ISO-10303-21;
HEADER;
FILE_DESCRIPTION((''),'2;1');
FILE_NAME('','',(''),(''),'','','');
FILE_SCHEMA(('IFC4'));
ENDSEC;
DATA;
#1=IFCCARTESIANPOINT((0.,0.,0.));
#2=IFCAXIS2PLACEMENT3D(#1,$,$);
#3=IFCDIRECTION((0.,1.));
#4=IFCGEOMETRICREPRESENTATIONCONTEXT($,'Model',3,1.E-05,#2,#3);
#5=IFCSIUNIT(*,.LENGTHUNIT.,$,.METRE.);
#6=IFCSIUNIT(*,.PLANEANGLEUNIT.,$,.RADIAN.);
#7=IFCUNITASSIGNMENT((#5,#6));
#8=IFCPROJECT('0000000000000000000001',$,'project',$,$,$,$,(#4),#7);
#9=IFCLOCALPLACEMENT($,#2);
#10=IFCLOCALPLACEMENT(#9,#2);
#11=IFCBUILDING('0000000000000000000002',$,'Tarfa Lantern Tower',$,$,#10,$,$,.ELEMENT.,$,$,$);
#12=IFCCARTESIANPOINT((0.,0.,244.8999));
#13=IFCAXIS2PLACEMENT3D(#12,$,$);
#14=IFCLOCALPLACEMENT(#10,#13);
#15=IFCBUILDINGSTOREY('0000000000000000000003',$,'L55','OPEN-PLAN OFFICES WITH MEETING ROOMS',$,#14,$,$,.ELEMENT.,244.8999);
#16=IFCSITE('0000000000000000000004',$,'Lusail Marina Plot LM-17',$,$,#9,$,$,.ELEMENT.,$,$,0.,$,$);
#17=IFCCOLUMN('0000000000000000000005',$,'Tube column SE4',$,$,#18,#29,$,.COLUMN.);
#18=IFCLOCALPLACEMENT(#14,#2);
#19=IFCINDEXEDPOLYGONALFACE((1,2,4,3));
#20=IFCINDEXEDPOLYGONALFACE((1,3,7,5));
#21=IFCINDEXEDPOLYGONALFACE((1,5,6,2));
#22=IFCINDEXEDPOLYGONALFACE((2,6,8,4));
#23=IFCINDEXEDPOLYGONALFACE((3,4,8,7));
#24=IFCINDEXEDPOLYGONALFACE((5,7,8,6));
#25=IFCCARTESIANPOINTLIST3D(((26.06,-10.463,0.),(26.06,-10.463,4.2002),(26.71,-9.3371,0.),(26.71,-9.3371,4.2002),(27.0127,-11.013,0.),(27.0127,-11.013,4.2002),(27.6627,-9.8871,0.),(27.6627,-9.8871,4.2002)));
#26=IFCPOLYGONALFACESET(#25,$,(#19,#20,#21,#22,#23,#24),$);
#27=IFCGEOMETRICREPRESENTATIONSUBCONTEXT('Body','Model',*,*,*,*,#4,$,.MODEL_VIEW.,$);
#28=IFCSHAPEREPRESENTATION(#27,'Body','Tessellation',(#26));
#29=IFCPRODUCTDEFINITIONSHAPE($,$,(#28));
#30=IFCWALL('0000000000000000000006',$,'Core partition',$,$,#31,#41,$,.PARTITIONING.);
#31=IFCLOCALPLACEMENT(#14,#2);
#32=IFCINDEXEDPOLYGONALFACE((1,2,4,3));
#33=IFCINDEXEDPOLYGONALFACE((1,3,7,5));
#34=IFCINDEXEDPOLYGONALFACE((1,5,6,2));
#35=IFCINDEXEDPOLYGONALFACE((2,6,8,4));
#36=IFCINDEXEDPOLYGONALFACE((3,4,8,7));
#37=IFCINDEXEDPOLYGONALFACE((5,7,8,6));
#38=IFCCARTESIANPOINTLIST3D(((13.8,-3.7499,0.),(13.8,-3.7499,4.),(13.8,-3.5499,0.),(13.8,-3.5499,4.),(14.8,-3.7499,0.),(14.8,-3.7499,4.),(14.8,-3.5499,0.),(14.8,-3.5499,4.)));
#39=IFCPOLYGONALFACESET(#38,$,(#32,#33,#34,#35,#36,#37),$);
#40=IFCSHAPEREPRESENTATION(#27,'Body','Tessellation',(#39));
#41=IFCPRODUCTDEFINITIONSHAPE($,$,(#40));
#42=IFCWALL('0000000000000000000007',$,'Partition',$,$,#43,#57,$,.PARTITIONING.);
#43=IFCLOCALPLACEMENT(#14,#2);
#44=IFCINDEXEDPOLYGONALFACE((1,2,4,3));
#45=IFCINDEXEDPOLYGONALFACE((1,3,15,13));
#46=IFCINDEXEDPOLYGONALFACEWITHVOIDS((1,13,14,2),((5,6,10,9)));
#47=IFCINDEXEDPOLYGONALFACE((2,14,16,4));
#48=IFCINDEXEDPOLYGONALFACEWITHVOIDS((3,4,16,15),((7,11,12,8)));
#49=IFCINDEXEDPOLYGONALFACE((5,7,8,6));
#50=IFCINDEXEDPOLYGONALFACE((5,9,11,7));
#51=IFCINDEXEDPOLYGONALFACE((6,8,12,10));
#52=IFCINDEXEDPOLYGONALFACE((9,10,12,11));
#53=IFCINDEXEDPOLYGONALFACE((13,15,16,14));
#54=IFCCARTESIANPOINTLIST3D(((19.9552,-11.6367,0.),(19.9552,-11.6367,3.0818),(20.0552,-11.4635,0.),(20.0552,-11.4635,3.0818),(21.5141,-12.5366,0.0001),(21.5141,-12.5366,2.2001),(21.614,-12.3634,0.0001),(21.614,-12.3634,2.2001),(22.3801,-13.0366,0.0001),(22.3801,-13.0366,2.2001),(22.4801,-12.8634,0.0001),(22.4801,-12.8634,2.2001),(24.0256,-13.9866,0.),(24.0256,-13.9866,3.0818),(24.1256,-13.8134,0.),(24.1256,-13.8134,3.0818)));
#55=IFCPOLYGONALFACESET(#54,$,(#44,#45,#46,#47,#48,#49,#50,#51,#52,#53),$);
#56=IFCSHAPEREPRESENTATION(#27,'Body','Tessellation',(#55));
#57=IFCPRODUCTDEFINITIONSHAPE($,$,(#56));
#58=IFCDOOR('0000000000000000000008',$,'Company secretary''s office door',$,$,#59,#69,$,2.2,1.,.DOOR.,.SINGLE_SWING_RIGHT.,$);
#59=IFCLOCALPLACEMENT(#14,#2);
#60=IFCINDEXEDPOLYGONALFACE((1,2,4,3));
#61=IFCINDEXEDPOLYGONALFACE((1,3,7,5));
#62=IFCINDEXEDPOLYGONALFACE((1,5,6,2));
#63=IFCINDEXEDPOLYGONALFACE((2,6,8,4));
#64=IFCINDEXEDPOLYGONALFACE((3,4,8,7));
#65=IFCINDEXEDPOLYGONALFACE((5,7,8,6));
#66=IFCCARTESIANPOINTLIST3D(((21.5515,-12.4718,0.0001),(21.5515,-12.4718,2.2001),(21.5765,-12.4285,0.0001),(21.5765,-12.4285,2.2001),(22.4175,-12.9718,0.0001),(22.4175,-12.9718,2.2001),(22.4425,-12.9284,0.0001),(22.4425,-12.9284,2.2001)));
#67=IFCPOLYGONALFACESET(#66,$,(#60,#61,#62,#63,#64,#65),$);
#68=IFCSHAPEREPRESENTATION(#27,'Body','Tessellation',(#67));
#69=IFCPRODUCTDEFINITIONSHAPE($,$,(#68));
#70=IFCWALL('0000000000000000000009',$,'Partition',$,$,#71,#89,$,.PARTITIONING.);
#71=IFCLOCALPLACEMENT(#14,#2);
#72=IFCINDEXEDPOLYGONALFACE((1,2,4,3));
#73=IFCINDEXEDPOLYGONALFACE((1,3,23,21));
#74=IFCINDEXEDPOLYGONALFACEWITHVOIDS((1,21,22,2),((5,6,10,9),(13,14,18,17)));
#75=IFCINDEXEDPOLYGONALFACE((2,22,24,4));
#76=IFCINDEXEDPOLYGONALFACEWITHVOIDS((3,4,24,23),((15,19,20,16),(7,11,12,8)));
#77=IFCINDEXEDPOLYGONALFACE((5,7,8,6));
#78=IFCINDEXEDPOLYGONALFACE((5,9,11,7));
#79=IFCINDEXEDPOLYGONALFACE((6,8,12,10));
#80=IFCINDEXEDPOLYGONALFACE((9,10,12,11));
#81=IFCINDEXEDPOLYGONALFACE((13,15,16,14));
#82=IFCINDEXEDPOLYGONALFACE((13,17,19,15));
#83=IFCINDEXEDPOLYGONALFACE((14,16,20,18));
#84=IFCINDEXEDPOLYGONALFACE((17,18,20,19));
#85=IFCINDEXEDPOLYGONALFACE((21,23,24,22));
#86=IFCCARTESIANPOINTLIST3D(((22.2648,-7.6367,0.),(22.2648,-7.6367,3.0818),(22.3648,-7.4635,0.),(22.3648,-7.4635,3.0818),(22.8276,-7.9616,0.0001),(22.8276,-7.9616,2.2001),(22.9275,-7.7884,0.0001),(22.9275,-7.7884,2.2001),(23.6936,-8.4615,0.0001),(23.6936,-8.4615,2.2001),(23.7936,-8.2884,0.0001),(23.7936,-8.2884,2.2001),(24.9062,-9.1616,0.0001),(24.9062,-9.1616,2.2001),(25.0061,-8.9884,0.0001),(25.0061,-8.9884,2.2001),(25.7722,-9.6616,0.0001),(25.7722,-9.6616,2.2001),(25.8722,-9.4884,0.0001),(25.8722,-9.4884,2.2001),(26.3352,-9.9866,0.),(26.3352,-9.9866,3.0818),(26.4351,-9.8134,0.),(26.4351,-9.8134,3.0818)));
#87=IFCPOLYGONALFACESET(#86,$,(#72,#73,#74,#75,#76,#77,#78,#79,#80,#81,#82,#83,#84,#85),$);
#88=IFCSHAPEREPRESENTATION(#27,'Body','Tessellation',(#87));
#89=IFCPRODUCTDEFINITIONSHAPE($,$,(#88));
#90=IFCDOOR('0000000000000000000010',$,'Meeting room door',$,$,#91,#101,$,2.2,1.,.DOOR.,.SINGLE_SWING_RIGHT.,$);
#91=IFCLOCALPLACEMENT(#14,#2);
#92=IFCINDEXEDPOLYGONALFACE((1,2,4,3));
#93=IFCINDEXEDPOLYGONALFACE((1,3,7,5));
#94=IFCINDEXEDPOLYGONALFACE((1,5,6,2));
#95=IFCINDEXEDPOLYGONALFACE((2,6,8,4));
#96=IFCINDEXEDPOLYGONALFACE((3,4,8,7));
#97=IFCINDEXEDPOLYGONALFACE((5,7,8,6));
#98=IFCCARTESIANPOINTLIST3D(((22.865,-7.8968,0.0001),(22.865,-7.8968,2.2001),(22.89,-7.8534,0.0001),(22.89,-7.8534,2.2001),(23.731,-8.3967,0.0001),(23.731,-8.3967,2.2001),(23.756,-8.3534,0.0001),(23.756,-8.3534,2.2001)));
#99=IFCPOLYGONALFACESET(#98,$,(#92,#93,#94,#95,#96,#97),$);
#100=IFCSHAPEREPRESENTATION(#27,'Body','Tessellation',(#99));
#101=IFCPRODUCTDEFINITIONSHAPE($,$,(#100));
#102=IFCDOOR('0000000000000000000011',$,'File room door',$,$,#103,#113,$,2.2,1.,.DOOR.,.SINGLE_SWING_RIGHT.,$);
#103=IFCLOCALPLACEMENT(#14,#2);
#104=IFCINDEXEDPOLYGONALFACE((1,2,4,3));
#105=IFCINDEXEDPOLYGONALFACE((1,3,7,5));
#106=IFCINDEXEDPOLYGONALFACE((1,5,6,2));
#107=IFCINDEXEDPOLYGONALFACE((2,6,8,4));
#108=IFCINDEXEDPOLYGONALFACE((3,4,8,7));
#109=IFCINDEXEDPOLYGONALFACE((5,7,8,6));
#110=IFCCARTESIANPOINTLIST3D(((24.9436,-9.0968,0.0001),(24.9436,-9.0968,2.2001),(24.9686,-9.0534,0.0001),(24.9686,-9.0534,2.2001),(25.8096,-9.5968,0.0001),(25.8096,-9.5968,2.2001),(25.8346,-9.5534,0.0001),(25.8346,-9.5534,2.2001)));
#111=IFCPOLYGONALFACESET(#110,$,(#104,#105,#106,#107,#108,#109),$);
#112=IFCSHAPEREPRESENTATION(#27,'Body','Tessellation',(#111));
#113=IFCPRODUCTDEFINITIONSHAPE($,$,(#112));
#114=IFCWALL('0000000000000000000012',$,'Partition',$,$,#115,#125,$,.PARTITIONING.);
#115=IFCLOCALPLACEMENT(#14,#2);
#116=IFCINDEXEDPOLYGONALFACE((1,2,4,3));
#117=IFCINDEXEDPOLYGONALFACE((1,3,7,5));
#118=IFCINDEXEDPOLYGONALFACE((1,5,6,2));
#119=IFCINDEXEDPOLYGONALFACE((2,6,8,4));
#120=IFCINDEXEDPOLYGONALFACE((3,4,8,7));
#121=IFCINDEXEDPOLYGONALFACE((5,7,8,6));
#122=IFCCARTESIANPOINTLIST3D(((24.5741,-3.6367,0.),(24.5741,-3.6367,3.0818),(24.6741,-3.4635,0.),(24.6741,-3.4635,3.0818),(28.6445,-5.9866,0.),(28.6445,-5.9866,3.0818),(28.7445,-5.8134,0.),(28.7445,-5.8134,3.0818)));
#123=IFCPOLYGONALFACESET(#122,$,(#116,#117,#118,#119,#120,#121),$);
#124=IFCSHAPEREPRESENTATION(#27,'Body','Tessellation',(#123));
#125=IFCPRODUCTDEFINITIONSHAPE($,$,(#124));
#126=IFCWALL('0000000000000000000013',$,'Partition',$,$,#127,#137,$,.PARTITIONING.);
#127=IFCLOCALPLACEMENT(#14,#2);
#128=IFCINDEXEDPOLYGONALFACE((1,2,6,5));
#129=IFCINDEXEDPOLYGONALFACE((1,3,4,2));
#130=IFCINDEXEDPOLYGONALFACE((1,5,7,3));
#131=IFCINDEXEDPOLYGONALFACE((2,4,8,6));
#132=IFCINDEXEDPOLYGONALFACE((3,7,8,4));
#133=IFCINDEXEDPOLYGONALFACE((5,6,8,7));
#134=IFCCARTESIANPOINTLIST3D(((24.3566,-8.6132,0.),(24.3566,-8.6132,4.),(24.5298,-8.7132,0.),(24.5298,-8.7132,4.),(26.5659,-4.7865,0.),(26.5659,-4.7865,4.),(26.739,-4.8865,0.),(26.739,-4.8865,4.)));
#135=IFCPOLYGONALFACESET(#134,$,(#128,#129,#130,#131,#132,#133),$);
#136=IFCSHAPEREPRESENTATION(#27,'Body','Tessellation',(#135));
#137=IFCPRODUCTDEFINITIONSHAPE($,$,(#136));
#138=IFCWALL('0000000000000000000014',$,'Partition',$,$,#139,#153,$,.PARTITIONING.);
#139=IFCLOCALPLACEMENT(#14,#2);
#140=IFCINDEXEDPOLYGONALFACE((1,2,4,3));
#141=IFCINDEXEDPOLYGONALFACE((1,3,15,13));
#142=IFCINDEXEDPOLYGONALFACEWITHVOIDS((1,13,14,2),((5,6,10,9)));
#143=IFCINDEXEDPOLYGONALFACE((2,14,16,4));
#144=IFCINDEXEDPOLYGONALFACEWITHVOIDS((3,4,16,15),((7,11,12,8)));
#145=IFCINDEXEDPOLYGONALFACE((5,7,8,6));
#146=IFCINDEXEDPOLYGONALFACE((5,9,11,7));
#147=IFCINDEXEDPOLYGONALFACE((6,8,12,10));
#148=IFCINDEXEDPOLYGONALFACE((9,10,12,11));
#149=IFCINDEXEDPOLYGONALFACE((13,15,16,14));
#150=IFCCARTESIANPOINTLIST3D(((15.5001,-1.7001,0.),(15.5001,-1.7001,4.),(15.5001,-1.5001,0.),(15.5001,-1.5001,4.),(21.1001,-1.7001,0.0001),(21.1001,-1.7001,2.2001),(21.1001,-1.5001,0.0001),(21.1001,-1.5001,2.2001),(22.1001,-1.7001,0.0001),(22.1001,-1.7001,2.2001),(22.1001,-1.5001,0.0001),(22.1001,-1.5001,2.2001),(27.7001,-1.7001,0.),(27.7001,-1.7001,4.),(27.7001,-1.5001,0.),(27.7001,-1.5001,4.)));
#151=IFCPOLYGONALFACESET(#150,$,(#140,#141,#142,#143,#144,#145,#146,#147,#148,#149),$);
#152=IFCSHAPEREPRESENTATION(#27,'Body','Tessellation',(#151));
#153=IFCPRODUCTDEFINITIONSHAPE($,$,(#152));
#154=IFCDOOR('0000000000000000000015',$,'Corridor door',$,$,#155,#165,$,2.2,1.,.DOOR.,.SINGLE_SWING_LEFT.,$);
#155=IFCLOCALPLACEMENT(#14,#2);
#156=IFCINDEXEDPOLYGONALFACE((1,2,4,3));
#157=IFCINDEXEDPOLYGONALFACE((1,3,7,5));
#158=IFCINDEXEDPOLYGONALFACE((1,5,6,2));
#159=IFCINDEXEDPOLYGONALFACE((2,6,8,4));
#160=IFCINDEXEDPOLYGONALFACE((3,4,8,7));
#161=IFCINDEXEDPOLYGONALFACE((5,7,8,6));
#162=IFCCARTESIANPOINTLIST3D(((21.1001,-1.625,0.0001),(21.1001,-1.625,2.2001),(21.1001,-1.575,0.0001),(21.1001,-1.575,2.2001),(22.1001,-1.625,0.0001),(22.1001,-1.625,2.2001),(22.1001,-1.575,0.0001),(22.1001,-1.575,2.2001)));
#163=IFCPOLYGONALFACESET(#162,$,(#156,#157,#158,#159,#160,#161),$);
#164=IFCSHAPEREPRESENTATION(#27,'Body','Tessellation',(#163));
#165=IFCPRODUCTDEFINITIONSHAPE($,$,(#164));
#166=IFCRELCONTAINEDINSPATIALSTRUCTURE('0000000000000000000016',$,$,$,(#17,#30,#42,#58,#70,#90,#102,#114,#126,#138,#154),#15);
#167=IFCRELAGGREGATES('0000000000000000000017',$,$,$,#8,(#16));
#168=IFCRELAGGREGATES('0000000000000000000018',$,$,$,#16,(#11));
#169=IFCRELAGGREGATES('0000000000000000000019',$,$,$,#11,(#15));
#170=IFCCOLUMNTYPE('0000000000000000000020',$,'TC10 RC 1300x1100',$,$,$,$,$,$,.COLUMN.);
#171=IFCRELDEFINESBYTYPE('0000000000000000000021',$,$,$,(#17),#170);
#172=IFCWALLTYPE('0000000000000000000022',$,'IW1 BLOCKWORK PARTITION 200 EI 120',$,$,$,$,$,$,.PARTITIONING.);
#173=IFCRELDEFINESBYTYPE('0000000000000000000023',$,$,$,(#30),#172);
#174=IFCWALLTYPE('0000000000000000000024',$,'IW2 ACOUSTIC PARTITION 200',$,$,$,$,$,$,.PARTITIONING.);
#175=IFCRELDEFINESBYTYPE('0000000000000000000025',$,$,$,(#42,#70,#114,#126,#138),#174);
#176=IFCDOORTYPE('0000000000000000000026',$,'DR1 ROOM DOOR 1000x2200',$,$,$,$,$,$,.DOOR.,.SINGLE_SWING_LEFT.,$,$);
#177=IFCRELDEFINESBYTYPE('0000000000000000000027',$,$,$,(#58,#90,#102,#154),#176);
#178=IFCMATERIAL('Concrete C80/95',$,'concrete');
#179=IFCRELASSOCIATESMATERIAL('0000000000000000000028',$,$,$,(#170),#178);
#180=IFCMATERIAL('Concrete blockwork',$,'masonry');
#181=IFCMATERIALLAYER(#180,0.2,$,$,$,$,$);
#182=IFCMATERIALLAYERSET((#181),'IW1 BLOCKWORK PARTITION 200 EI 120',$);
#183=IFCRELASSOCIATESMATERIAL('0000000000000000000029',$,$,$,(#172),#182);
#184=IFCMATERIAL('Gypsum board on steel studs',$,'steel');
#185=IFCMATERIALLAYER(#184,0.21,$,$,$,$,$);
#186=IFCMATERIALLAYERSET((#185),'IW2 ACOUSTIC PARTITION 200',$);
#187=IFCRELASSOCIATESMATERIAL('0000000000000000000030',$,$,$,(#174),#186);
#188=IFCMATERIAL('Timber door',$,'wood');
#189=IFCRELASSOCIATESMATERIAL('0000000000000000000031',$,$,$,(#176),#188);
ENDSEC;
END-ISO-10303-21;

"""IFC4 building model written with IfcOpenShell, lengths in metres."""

from ifc_helpers import new_model, si_unit, direction, frame, frame_2d, origin, origin_2d, place, context, subcontext, project, spatial, rectangle, extrude, material, layer, layer_set, material_profile, profile_set, type_object, element, fill, save


model = new_model("IFC4")

# Units and contexts
model_context = context("Model", 3, precision=1e-05, world=origin(), true_north=direction((0.0, 1.0)))
body_context = subcontext(model_context, "Body", "Model", "MODEL_VIEW")
ifc_project = project(units=[si_unit("LENGTHUNIT", "METRE"), si_unit("PLANEANGLEUNIT", "RADIAN")], contexts=[model_context])

# Site, building, storey
site_placement = place(None, origin())
site = spatial("IfcSite", under=ifc_project, at=site_placement, Name="Lusail Marina Plot LM-17", CompositionType="ELEMENT", RefElevation=0.0)
building_placement = place(site_placement, origin())
building = spatial("IfcBuilding", under=site, at=building_placement, Name="Tarfa Lantern Tower", CompositionType="ELEMENT")
storey_placement = place(building_placement, frame((0.0, 0.0, 244.8999)))
storey = spatial("IfcBuildingStorey", under=building, at=storey_placement, Name="L55", Description="OPEN-PLAN OFFICES WITH MEETING ROOMS", CompositionType="ELEMENT", Elevation=244.8999)

# Column
ifc_material_1 = material(Name="Concrete C80/95", Category="concrete")
ifc_material_profile = material_profile(ifc_material_1, rectangle(XDim=1.3, YDim=1.1001, at=origin_2d()), Name="RC 1300x1100")
ifc_profile_set = profile_set([ifc_material_profile], Name="Concrete C80/95")
column_type = type_object("IfcColumnType", Name="TC10 RC 1300x1100", PredefinedType="COLUMN", material=ifc_profile_set)
column_placement = place(storey_placement, frame((26.8613, -10.175, 0.0), z_axis=(0.0, 0.0, 1.0), x_axis=(0.5, 0.866025, 0.0)))
element("IfcColumn", 1, at=column_placement, inside=storey, type_object=column_type, Name="Tube column SE4", PredefinedType="COLUMN", context=body_context, shape_type="SweptSolid", body=[
    extrude(rectangle(XDim=1.3, YDim=1.1001, at=origin_2d()), origin(), (0.0, 0.0, 1.0), 4.2002),
])

# Wall
ifc_material_2 = material(Name="Concrete blockwork", Category="masonry")
ifc_layer_1 = layer(ifc_material_2, 0.2)
ifc_layer_set_1 = layer_set([ifc_layer_1], Name="IW1 BLOCKWORK PARTITION 200 EI 120")
wall_type_1 = type_object("IfcWallType", Name="IW1 BLOCKWORK PARTITION 200 EI 120", PredefinedType="PARTITIONING", material=ifc_layer_set_1)
wall_1_placement = place(storey_placement, frame((14.8, -3.6499, 0.0), z_axis=(0.0, 0.0, 1.0), x_axis=(-1.0, 0.0, 0.0)))
element("IfcWall", 2, at=wall_1_placement, inside=storey, type_object=wall_type_1, Name="Core partition", PredefinedType="PARTITIONING", context=body_context, shape_type="SweptSolid", body=[
    extrude(rectangle(XDim=1.0, YDim=0.2, at=frame_2d((0.5, 0.0))), origin(), (0.0, 0.0, 1.0), 4.0),
])

# Wall, opening, door
ifc_material_3 = material(Name="Gypsum board on steel studs", Category="steel")
ifc_layer_2 = layer(ifc_material_3, 0.21)
ifc_layer_set_2 = layer_set([ifc_layer_2], Name="IW2 ACOUSTIC PARTITION 200")
wall_type_2 = type_object("IfcWallType", Name="IW2 ACOUSTIC PARTITION 200", PredefinedType="PARTITIONING", material=ifc_layer_set_2)
wall_2_placement = place(storey_placement, frame((20.0051, -11.55, 0.0), z_axis=(0.0, 0.0, 1.0), x_axis=(0.866039, -0.499977, 0.0)))
wall_2 = element("IfcWall", 3, at=wall_2_placement, inside=storey, type_object=wall_type_2, Name="Partition", PredefinedType="PARTITIONING", context=body_context, shape_type="SweptSolid", body=[
    extrude(rectangle(XDim=4.7, YDim=0.2, at=frame_2d((2.3501, 0.0))), origin(), (0.0, 0.0, 1.0), 3.0818),
])
opening_1_placement = place(wall_2_placement, frame((1.8, 0.0, 0.0)))
opening_1 = element("IfcOpeningElement", 4, at=opening_1_placement, cuts=wall_2, PredefinedType="OPENING", context=body_context, shape_type="SweptSolid", body=[
    extrude(rectangle(XDim=1.0, YDim=2.2, at=frame_2d((0.5, 1.1001))), frame((0.0, 0.1099, 0.0), z_axis=(0.0, -1.0, 0.0), x_axis=(1.0, 0.0, 0.0)), (0.0, 0.0, 1.0), 0.22),
])
ifc_material_4 = material(Name="Timber door", Category="wood")
door_type_1 = type_object("IfcDoorType", Name="DR1 ROOM DOOR 1000x2200", OperationType="SINGLE_SWING_LEFT", PredefinedType="DOOR", material=ifc_material_4)
door_1_placement = place(opening_1_placement, origin())
door_1 = element("IfcDoor", 5, at=door_1_placement, inside=storey, type_object=door_type_1, Name="Company secretary's office door", OperationType="SINGLE_SWING_RIGHT", OverallHeight=2.2, OverallWidth=1.0, PredefinedType="DOOR", context=body_context, shape_type="SweptSolid", body=[
    extrude(rectangle(XDim=1.0, YDim=2.2, at=frame_2d((0.5, 1.1001))), frame((0.0, 0.0249, 0.0), z_axis=(0.0, -1.0, 0.0), x_axis=(1.0, 0.0, 0.0)), (0.0, 0.0, 1.0), 0.05),
])
fill(opening_1, door_1)

# Wall, openings, doors
wall_3_placement = place(storey_placement, frame((22.3147, -7.55, 0.0), z_axis=(0.0, 0.0, 1.0), x_axis=(0.866039, -0.499977, 0.0)))
wall_3 = element("IfcWall", 6, at=wall_3_placement, inside=storey, type_object=wall_type_2, Name="Partition", PredefinedType="PARTITIONING", context=body_context, shape_type="SweptSolid", body=[
    extrude(rectangle(XDim=4.7, YDim=0.2, at=frame_2d((2.3501, 0.0))), origin(), (0.0, 0.0, 1.0), 3.0818),
])
opening_2_placement = place(wall_3_placement, frame((0.6499, 0.0, 0.0)))
opening_2 = element("IfcOpeningElement", 7, at=opening_2_placement, cuts=wall_3, PredefinedType="OPENING", context=body_context, shape_type="SweptSolid", body=[
    extrude(rectangle(XDim=1.0, YDim=2.2, at=frame_2d((0.5, 1.1001))), frame((0.0, 0.1099, 0.0), z_axis=(0.0, -1.0, 0.0), x_axis=(1.0, 0.0, 0.0)), (0.0, 0.0, 1.0), 0.22),
])
opening_3_placement = place(wall_3_placement, frame((3.05, 0.0, 0.0)))
opening_3 = element("IfcOpeningElement", 8, at=opening_3_placement, cuts=wall_3, PredefinedType="OPENING", context=body_context, shape_type="SweptSolid", body=[
    extrude(rectangle(XDim=1.0, YDim=2.2, at=frame_2d((0.5, 1.1001))), frame((0.0, 0.1099, 0.0), z_axis=(0.0, -1.0, 0.0), x_axis=(1.0, 0.0, 0.0)), (0.0, 0.0, 1.0), 0.22),
])
door_2_placement = place(opening_2_placement, origin())
door_2 = element("IfcDoor", 9, at=door_2_placement, inside=storey, type_object=door_type_1, Name="Meeting room door", OperationType="SINGLE_SWING_RIGHT", OverallHeight=2.2, OverallWidth=1.0, PredefinedType="DOOR", context=body_context, shape_type="SweptSolid", body=[
    extrude(rectangle(XDim=1.0, YDim=2.2, at=frame_2d((0.5, 1.1001))), frame((0.0, 0.0249, 0.0), z_axis=(0.0, -1.0, 0.0), x_axis=(1.0, 0.0, 0.0)), (0.0, 0.0, 1.0), 0.05),
])
fill(opening_2, door_2)
door_3_placement = place(opening_3_placement, origin())
door_3 = element("IfcDoor", 10, at=door_3_placement, inside=storey, type_object=door_type_1, Name="File room door", OperationType="SINGLE_SWING_RIGHT", OverallHeight=2.2, OverallWidth=1.0, PredefinedType="DOOR", context=body_context, shape_type="SweptSolid", body=[
    extrude(rectangle(XDim=1.0, YDim=2.2, at=frame_2d((0.5, 1.1001))), frame((0.0, 0.0249, 0.0), z_axis=(0.0, -1.0, 0.0), x_axis=(1.0, 0.0, 0.0)), (0.0, 0.0, 1.0), 0.05),
])
fill(opening_3, door_3)

# Walls
wall_4_placement = place(storey_placement, frame((24.624, -3.55, 0.0), z_axis=(0.0, 0.0, 1.0), x_axis=(0.866039, -0.499977, 0.0)))
element("IfcWall", 11, at=wall_4_placement, inside=storey, type_object=wall_type_2, Name="Partition", PredefinedType="PARTITIONING", context=body_context, shape_type="SweptSolid", body=[
    extrude(rectangle(XDim=4.7, YDim=0.2, at=frame_2d((2.3501, 0.0))), origin(), (0.0, 0.0, 1.0), 3.0818),
])
wall_5_placement = place(storey_placement, frame((24.4431, -8.6633, 0.0), z_axis=(0.0, 0.0, 1.0), x_axis=(0.499984, 0.866035, 0.0)))
element("IfcWall", 12, at=wall_5_placement, inside=storey, type_object=wall_type_2, Name="Partition", PredefinedType="PARTITIONING", context=body_context, shape_type="SweptSolid", body=[
    extrude(rectangle(XDim=4.4187, YDim=0.2, at=frame_2d((2.2095, 0.0))), origin(), (0.0, 0.0, 1.0), 4.0),
])

# Wall, opening, door
wall_6_placement = place(storey_placement, frame((15.5, -1.6001, 0.0), z_axis=(0.0, 0.0, 1.0), x_axis=(1.0, 0.0, 0.0)))
wall_6 = element("IfcWall", 13, at=wall_6_placement, inside=storey, type_object=wall_type_2, Name="Partition", PredefinedType="PARTITIONING", context=body_context, shape_type="SweptSolid", body=[
    extrude(rectangle(XDim=12.2, YDim=0.2, at=frame_2d((6.1001, 0.0))), origin(), (0.0, 0.0, 1.0), 4.0),
])
opening_4_placement = place(wall_6_placement, frame((5.6001, 0.0, 0.0)))
opening_4 = element("IfcOpeningElement", 14, at=opening_4_placement, cuts=wall_6, PredefinedType="OPENING", context=body_context, shape_type="SweptSolid", body=[
    extrude(rectangle(XDim=1.0, YDim=2.2, at=frame_2d((0.5, 1.1001))), frame((0.0, 0.1099, 0.0), z_axis=(0.0, -1.0, 0.0), x_axis=(1.0, 0.0, 0.0)), (0.0, 0.0, 1.0), 0.22),
])
door_4_placement = place(opening_4_placement, frame((1.0, 0.0, 0.0), z_axis=(0.0, 0.0, 1.0), x_axis=(-1.0, 0.0, 0.0)))
door_4 = element("IfcDoor", 15, at=door_4_placement, inside=storey, type_object=door_type_1, Name="Corridor door", OperationType="SINGLE_SWING_LEFT", OverallHeight=2.2, OverallWidth=1.0, PredefinedType="DOOR", context=body_context, shape_type="SweptSolid", body=[
    extrude(rectangle(XDim=1.0, YDim=2.2, at=frame_2d((0.5, 1.1001))), frame((0.0, 0.0249, 0.0), z_axis=(0.0, -1.0, 0.0), x_axis=(1.0, 0.0, 0.0)), (0.0, 0.0, 1.0), 0.05),
])
fill(opening_4, door_4)

save(model, "model.ifc")
